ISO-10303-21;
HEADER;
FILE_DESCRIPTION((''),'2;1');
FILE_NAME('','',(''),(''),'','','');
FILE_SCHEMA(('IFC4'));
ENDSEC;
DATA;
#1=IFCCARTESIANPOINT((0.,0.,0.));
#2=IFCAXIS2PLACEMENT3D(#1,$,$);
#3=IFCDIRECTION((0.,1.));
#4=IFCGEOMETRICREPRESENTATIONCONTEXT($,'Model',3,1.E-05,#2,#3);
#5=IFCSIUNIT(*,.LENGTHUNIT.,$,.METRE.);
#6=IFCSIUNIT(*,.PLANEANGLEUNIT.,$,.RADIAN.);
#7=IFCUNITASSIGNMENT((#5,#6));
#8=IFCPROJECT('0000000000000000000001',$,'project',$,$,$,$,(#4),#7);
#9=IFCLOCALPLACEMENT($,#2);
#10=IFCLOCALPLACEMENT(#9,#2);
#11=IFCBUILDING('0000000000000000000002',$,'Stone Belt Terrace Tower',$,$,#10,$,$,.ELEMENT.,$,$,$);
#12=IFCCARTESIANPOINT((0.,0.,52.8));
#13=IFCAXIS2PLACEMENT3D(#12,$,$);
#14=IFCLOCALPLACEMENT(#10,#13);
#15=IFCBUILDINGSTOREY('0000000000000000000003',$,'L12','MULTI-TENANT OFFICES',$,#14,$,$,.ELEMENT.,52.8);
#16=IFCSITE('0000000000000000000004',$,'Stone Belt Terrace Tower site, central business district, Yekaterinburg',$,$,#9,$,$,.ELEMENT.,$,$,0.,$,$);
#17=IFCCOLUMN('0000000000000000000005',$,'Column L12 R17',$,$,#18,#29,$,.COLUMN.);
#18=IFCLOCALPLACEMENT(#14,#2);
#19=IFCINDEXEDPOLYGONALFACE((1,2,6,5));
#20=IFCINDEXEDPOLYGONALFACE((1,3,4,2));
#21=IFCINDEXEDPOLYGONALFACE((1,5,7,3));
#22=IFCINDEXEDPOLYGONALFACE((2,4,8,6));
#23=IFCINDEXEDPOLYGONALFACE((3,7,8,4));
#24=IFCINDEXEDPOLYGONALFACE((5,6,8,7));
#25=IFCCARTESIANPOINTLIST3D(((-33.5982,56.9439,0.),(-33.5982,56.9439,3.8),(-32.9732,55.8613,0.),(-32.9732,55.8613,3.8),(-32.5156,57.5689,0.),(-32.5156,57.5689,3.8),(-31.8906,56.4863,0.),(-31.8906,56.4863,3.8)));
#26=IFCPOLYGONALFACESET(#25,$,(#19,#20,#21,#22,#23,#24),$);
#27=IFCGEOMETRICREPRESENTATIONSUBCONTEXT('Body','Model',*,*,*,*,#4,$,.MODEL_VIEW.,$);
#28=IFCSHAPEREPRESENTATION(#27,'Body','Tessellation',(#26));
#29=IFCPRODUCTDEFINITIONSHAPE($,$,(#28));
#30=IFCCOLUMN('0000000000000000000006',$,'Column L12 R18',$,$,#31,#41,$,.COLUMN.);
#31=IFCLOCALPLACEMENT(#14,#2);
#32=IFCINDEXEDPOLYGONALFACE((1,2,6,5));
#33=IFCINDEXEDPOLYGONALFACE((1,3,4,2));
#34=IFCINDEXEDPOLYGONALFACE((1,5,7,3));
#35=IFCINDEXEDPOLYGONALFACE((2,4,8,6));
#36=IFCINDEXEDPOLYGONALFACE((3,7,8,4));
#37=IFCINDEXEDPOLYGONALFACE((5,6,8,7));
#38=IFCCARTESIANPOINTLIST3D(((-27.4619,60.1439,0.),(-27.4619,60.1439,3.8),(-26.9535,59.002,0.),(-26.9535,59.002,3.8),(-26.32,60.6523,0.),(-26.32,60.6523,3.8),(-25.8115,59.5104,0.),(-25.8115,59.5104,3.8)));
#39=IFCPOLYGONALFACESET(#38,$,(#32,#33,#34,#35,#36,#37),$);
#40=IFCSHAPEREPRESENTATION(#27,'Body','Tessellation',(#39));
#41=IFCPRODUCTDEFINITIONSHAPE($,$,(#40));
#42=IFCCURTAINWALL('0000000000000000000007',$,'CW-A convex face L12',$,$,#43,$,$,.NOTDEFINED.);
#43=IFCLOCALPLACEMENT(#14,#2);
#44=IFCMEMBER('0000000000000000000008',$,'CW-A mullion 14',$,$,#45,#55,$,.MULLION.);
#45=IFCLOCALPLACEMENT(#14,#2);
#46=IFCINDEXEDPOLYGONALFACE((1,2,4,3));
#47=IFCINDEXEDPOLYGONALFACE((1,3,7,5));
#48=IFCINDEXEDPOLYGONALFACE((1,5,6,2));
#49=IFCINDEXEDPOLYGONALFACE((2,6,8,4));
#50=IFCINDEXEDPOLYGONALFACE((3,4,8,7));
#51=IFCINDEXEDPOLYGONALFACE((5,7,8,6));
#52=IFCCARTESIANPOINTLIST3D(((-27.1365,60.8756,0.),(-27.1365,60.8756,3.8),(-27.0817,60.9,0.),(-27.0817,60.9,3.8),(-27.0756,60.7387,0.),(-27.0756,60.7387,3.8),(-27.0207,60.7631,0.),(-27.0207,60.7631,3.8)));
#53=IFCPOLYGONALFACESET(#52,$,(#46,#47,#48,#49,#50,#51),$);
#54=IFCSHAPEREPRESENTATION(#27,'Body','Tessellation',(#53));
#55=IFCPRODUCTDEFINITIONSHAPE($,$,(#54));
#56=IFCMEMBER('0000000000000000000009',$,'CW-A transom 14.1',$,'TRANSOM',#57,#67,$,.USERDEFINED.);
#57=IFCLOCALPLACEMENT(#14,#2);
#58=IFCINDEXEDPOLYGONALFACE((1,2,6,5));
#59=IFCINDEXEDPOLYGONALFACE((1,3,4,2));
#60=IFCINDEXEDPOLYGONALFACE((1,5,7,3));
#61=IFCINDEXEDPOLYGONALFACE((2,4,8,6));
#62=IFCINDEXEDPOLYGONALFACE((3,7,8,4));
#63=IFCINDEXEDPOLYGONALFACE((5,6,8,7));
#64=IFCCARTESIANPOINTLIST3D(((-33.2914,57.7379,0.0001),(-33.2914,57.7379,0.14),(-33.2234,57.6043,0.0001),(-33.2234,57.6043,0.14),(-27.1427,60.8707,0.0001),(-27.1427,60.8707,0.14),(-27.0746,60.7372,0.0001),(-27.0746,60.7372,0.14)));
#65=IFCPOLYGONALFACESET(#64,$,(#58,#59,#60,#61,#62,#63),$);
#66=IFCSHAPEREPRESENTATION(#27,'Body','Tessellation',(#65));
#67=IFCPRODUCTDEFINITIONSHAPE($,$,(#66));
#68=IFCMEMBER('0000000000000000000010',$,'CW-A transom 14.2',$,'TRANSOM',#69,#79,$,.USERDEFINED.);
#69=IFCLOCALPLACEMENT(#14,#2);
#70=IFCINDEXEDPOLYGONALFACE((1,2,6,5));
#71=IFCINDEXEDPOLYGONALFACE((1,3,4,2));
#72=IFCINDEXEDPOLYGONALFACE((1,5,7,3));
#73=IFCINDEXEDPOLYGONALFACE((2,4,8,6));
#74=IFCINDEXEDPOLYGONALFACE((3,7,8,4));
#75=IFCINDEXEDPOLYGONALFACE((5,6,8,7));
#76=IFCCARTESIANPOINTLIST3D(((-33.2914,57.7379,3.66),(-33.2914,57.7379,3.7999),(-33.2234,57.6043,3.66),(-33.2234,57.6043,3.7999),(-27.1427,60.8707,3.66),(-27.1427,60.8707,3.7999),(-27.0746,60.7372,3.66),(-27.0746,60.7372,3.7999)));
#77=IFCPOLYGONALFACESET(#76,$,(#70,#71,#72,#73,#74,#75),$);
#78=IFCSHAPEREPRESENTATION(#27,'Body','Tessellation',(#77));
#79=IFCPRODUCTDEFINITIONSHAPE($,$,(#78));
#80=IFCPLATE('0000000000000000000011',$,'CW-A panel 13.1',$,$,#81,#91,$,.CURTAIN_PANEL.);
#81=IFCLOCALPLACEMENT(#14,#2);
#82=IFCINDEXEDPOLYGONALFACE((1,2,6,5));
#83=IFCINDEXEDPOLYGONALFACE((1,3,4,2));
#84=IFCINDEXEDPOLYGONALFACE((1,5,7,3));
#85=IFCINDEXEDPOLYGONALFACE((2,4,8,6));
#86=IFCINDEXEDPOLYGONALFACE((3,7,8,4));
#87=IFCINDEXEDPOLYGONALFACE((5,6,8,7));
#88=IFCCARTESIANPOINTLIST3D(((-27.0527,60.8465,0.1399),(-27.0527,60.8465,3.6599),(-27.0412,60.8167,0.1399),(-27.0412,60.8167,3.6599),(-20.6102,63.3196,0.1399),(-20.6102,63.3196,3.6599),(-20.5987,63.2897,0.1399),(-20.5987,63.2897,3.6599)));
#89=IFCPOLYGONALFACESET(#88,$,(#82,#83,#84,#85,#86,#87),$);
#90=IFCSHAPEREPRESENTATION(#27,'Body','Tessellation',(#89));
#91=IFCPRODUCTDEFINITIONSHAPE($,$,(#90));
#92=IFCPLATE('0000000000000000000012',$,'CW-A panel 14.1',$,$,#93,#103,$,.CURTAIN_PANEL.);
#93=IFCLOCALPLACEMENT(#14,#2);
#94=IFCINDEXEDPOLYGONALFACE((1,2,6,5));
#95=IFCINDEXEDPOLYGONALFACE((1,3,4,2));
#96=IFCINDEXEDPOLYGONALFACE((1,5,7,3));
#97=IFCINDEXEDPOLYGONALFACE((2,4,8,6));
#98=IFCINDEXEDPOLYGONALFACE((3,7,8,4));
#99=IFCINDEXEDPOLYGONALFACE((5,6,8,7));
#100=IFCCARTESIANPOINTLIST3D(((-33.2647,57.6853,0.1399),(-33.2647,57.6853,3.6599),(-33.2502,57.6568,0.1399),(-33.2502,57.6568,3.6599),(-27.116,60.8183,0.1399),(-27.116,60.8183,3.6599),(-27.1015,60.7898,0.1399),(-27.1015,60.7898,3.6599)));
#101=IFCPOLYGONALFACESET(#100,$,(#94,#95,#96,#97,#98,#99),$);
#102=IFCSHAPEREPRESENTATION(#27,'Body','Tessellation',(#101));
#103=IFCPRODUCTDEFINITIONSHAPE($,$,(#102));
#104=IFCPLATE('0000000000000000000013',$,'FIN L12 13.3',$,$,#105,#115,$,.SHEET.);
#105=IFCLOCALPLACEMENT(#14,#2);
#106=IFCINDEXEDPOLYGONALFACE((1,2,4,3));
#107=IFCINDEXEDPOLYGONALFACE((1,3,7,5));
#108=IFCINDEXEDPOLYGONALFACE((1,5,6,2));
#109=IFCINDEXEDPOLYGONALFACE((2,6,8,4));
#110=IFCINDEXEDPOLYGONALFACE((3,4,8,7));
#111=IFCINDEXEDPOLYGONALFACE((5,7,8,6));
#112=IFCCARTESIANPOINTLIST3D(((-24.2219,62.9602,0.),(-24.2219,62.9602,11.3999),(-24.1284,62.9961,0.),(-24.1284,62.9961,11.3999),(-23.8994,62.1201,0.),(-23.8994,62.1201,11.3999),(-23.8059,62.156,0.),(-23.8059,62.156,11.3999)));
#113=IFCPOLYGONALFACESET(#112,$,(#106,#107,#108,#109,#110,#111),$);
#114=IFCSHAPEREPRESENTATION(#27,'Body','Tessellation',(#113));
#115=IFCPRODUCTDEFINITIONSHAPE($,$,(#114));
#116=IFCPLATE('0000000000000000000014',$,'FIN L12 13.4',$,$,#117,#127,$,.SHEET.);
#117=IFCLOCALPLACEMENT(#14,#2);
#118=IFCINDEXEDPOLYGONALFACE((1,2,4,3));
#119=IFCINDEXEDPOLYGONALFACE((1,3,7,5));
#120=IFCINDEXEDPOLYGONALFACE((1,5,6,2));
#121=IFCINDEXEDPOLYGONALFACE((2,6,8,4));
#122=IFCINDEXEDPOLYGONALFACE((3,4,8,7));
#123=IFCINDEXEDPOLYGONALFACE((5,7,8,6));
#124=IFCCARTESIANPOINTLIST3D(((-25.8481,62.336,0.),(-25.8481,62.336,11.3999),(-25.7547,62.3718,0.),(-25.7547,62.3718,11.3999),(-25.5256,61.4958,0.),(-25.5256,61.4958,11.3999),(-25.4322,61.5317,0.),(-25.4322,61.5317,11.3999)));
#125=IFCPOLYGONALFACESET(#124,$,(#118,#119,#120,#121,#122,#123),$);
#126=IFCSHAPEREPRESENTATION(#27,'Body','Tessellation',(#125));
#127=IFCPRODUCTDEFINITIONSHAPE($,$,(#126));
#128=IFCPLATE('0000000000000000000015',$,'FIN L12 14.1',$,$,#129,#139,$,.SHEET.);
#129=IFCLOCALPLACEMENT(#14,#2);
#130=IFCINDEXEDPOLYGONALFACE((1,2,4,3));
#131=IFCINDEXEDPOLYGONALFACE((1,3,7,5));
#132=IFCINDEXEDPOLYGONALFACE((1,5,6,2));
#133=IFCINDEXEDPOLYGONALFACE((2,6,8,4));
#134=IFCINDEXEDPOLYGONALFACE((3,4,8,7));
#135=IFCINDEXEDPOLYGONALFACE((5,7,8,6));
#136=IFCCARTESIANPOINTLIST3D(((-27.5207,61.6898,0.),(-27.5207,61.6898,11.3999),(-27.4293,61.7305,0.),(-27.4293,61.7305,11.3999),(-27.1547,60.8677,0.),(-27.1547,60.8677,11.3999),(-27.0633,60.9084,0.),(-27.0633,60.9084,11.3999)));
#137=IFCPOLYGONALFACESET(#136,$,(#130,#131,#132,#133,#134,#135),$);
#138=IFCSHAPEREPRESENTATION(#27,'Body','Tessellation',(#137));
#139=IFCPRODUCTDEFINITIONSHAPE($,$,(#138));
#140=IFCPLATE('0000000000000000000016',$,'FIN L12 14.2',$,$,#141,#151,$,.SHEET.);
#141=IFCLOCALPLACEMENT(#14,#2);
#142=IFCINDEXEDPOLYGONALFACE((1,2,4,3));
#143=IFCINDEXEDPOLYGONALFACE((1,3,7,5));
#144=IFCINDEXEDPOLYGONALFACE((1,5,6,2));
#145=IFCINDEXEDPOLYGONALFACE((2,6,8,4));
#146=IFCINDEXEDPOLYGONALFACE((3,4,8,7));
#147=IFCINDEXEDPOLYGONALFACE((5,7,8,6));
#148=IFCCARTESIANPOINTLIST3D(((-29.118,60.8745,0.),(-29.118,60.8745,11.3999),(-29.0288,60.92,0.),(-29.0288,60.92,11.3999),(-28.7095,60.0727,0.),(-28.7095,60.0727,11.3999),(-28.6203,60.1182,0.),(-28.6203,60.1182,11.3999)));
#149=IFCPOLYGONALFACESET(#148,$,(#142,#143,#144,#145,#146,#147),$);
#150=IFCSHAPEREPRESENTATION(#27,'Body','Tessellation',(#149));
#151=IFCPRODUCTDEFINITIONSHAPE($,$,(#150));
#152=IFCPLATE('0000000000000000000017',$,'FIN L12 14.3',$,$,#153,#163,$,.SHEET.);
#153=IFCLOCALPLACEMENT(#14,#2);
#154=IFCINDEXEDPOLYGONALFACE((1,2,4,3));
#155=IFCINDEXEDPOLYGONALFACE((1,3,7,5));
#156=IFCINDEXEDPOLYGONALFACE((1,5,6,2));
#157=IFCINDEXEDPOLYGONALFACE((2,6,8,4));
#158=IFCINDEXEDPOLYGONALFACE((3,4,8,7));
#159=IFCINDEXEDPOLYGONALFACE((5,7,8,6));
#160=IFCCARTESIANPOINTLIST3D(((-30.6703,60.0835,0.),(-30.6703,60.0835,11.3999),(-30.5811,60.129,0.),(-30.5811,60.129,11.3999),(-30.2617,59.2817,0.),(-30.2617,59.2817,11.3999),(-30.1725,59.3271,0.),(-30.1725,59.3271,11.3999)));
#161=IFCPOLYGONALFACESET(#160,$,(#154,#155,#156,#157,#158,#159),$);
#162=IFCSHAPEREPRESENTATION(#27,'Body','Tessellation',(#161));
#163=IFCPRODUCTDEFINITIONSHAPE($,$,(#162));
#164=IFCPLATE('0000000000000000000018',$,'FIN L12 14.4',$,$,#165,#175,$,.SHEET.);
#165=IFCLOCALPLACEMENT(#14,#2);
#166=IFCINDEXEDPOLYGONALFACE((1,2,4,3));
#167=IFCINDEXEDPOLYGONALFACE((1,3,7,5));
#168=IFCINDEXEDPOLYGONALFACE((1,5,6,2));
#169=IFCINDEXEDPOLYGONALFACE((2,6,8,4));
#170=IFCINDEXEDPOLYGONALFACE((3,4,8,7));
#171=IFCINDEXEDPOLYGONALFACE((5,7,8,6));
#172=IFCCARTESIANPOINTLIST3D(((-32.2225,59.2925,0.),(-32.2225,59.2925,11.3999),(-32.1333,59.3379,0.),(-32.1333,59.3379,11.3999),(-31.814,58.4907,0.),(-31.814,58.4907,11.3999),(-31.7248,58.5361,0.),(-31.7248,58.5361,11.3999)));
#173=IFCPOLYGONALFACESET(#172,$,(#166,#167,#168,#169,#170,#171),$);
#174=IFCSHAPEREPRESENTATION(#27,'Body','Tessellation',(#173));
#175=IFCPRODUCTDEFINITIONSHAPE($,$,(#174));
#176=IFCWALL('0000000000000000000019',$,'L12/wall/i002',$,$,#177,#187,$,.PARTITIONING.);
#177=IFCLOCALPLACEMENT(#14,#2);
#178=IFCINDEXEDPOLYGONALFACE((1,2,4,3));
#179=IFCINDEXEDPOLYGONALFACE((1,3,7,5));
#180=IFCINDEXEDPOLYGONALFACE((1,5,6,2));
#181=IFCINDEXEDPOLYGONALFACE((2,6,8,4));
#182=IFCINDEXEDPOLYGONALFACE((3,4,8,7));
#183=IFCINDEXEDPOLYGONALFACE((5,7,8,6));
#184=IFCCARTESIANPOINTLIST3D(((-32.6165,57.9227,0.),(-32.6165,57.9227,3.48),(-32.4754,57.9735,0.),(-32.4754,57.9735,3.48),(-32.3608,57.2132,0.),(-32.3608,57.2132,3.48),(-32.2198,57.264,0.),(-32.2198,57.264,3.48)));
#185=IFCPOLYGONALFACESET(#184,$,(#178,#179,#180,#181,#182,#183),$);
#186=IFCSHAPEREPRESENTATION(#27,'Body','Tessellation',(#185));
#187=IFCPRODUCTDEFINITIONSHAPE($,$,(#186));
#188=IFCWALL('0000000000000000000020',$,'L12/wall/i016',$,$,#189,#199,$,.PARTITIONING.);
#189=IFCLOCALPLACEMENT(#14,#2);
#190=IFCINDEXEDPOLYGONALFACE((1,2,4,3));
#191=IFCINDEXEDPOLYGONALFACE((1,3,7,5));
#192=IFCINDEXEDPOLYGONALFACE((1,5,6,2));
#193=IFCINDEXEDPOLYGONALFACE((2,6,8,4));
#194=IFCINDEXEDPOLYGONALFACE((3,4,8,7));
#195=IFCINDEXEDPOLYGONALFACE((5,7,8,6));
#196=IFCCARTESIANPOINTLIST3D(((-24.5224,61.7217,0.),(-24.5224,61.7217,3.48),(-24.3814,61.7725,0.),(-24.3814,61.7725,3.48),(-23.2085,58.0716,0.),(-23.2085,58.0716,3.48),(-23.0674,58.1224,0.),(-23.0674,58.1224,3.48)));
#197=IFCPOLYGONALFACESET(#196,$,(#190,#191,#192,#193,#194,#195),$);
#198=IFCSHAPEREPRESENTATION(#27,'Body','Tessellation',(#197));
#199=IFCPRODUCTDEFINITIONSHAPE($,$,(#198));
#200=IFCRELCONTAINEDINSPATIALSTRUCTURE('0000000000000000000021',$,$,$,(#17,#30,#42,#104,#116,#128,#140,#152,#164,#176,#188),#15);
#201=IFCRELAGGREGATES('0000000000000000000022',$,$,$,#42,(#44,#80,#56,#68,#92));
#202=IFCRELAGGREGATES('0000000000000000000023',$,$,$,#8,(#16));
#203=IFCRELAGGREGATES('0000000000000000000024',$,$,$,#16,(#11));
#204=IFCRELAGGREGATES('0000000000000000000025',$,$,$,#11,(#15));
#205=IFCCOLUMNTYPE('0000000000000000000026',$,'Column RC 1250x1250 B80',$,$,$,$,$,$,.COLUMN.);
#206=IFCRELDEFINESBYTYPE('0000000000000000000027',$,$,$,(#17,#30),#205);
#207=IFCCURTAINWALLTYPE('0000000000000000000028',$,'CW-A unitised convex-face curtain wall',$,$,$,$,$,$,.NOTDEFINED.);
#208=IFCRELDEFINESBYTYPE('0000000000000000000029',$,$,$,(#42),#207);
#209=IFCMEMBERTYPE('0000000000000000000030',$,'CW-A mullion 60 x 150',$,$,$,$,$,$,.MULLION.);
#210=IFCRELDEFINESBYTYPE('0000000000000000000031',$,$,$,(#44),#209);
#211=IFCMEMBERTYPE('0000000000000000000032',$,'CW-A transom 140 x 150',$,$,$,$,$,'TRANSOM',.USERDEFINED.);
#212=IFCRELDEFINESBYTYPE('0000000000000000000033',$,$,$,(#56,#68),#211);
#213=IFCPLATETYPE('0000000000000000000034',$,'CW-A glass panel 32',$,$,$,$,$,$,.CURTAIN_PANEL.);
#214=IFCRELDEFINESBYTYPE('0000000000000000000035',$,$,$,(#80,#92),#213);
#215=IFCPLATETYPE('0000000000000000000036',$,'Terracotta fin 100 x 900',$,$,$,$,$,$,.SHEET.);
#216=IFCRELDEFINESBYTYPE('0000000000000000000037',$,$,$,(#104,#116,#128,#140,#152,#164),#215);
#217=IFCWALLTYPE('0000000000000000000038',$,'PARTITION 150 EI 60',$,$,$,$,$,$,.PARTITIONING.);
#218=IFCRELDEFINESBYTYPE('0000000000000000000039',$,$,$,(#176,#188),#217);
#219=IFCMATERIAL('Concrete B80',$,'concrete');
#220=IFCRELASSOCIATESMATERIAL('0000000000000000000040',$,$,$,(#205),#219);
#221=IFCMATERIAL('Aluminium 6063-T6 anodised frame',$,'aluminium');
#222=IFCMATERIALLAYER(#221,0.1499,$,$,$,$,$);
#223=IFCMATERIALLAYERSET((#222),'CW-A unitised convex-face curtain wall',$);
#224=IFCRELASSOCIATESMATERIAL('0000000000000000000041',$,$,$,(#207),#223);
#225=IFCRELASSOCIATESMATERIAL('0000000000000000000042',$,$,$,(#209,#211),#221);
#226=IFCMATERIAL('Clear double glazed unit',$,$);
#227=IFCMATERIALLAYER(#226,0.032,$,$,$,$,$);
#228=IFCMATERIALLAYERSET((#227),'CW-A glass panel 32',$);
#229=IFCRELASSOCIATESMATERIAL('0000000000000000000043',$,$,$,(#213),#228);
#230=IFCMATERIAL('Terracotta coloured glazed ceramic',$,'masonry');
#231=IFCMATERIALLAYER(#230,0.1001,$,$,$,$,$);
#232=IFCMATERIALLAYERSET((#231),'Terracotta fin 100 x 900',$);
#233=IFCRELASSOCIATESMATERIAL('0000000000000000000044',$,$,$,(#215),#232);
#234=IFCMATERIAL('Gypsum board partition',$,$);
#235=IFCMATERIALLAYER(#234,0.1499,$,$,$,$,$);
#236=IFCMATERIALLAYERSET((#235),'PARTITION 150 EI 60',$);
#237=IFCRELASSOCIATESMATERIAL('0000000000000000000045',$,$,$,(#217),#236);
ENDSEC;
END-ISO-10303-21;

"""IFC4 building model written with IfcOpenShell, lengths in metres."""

from ifc_helpers import new_model, si_unit, direction, frame, frame_2d, origin, origin_2d, place, context, subcontext, project, spatial, rectangle, extrude, material, layer, layer_set, material_profile, profile_set, type_object, element, aggregate, save


model = new_model("IFC4")

# Units and contexts
model_context = context("Model", 3, precision=1e-05, world=origin(), true_north=direction((0.0, 1.0)))
body_context = subcontext(model_context, "Body", "Model", "MODEL_VIEW")
ifc_project = project(units=[si_unit("LENGTHUNIT", "METRE"), si_unit("PLANEANGLEUNIT", "RADIAN")], contexts=[model_context])

# Site, building, storey
site_placement = place(None, origin())
site = spatial("IfcSite", under=ifc_project, at=site_placement, Name="Stone Belt Terrace Tower site, central business district, Yekaterinburg", CompositionType="ELEMENT", RefElevation=0.0)
building_placement = place(site_placement, origin())
building = spatial("IfcBuilding", under=site, at=building_placement, Name="Stone Belt Terrace Tower", CompositionType="ELEMENT")
storey_placement = place(building_placement, frame((0.0, 0.0, 52.8)))
storey = spatial("IfcBuildingStorey", under=building, at=storey_placement, Name="L12", Description="MULTI-TENANT OFFICES", CompositionType="ELEMENT", Elevation=52.8)

# Columns
ifc_material_1 = material(Name="Concrete B80", Category="concrete")
ifc_material_profile_1 = material_profile(ifc_material_1, rectangle(XDim=1.25, YDim=1.25, at=origin_2d()), Name="RC 1250x1250")
ifc_profile_set_1 = profile_set([ifc_material_profile_1], Name="Concrete B80")
column_type = type_object("IfcColumnType", Name="Column RC 1250x1250 B80", PredefinedType="COLUMN", material=ifc_profile_set_1)
for number, where, z_axis, x_axis, name in (
    (1, (-32.7444, 56.7151, 0.0), (0.0, 0.0, 1.0), (0.866025, 0.5, 0.0), "Column L12 R17"),
    (2, (-26.6367, 59.8271, 0.0), (0.0, 0.0, 1.0), (0.913545, 0.406737, 0.0), "Column L12 R18"),
):
    element("IfcColumn", number, at=place(storey_placement, frame(where, z_axis=z_axis, x_axis=x_axis)), inside=storey, type_object=column_type, Name=name, PredefinedType="COLUMN", context=body_context, shape_type="SweptSolid", body=[
        extrude(rectangle(XDim=1.25, YDim=1.25, at=origin_2d()), origin(), (0.0, 0.0, 1.0), 3.8),
    ])

# Curtain wall, members, plates
ifc_material_2 = material(Name="Aluminium 6063-T6 anodised frame", Category="aluminium")
ifc_layer_1 = layer(ifc_material_2, 0.1499)
ifc_layer_set_1 = layer_set([ifc_layer_1], Name="CW-A unitised convex-face curtain wall")
curtain_wall_type = type_object("IfcCurtainWallType", Name="CW-A unitised convex-face curtain wall", PredefinedType="NOTDEFINED", material=ifc_layer_set_1)
curtain_wall_placement = place(storey_placement, origin())
curtain_wall = element("IfcCurtainWall", 3, at=curtain_wall_placement, inside=storey, type_object=curtain_wall_type, Name="CW-A convex face L12", PredefinedType="NOTDEFINED")
ifc_material_profile_2 = material_profile(ifc_material_2, rectangle(XDim=0.1499, YDim=0.0601, at=origin_2d()), Name="Aluminium 6063-T6 60x150")
ifc_profile_set_2 = profile_set([ifc_material_profile_2], Name="Aluminium 6063-T6 anodised frame")
member_type_1 = type_object("IfcMemberType", Name="CW-A mullion 60 x 150", PredefinedType="MULLION", material=ifc_profile_set_2)
member_1_placement = place(storey_placement, frame((-27.0786, 60.8193, 0.0), z_axis=(0.0, 0.0, 1.0), x_axis=(0.406737, -0.913545, 0.0)))
member_1 = element("IfcMember", 4, at=member_1_placement, type_object=member_type_1, Name="CW-A mullion 14", PredefinedType="MULLION", context=body_context, shape_type="SweptSolid", body=[
    extrude(rectangle(XDim=0.1499, YDim=0.0601, at=origin_2d()), origin(), (0.0, 0.0, 1.0), 3.8),
])
ifc_material_profile_3 = material_profile(ifc_material_2, rectangle(XDim=0.1499, YDim=0.1399, at=origin_2d()), Name="Aluminium 6063-T6 150x140")
ifc_profile_set_3 = profile_set([ifc_material_profile_3], Name="Aluminium 6063-T6 anodised frame")
member_type_2 = type_object("IfcMemberType", Name="CW-A transom 140 x 150", ElementType="TRANSOM", PredefinedType="USERDEFINED", material=ifc_profile_set_3)
member_2_placement = place(storey_placement, frame((-27.1086, 60.804, 0.0701), z_axis=(-0.891012, -0.453979, 0.0), x_axis=(0.453979, -0.891012, 0.0)))
member_2 = element("IfcMember", 5, at=member_2_placement, type_object=member_type_2, Name="CW-A transom 14.1", ObjectType="TRANSOM", PredefinedType="USERDEFINED", context=body_context, shape_type="SweptSolid", body=[
    extrude(rectangle(XDim=0.1499, YDim=0.1399, at=origin_2d()), origin(), (0.0, 0.0, 1.0), 6.9009),
])
member_3_placement = place(storey_placement, frame((-27.1086, 60.804, 3.73), z_axis=(-0.891012, -0.453979, 0.0), x_axis=(0.453979, -0.891012, 0.0)))
member_3 = element("IfcMember", 6, at=member_3_placement, type_object=member_type_2, Name="CW-A transom 14.2", ObjectType="TRANSOM", PredefinedType="USERDEFINED", context=body_context, shape_type="SweptSolid", body=[
    extrude(rectangle(XDim=0.1499, YDim=0.1399, at=origin_2d()), origin(), (0.0, 0.0, 1.0), 6.9009),
])
ifc_material_3 = material(Name="Clear double glazed unit")
ifc_layer_2 = layer(ifc_material_3, 0.032)
ifc_layer_set_2 = layer_set([ifc_layer_2], Name="CW-A glass panel 32")
plate_type_1 = type_object("IfcPlateType", Name="CW-A glass panel 32", PredefinedType="CURTAIN_PANEL", material=ifc_layer_set_2)
plate_1_placement = place(storey_placement, frame((-23.8257, 62.0681, 0.1399), z_axis=(0.0, 0.0, 1.0), x_axis=(-0.93358, -0.358368, 0.0)))
plate_1 = element("IfcPlate", 7, at=plate_1_placement, type_object=plate_type_1, Name="CW-A panel 13.1", PredefinedType="CURTAIN_PANEL", context=body_context, shape_type="SweptSolid", body=[
    extrude(rectangle(XDim=6.9009, YDim=0.032, at=origin_2d()), origin(), (0.0, 0.0, 1.0), 3.52),
])
plate_2_placement = place(storey_placement, frame((-30.1831, 59.2375, 0.1399), z_axis=(0.0, 0.0, 1.0), x_axis=(-0.891007, -0.45399, 0.0)))
plate_2 = element("IfcPlate", 8, at=plate_2_placement, type_object=plate_type_1, Name="CW-A panel 14.1", PredefinedType="CURTAIN_PANEL", context=body_context, shape_type="SweptSolid", body=[
    extrude(rectangle(XDim=6.9009, YDim=0.032, at=origin_2d()), origin(), (0.0, 0.0, 1.0), 3.52),
])
aggregate(curtain_wall, [member_1, plate_1, member_2, member_3, plate_2])

# Plates
ifc_material_4 = material(Name="Terracotta coloured glazed ceramic", Category="masonry")
ifc_layer_3 = layer(ifc_material_4, 0.1001)
ifc_layer_set_3 = layer_set([ifc_layer_3], Name="Terracotta fin 100 x 900")
plate_type_2 = type_object("IfcPlateType", Name="Terracotta fin 100 x 900", PredefinedType="SHEET", material=ifc_layer_set_3)
for number, where, z_axis, x_axis, name in (
    (9, (-24.0139, 62.5581, 0.0), (0.0, 0.0, 1.0), (-0.358368, 0.93358, 0.0), "FIN L12 13.3"),
    (10, (-25.6401, 61.9338, 0.0), (0.0, 0.0, 1.0), (-0.358368, 0.93358, 0.0), "FIN L12 13.4"),
    (11, (-27.292, 61.2991, 0.0), (0.0, 0.0, 1.0), (-0.406737, 0.913545, 0.0), "FIN L12 14.1"),
    (12, (-28.8691, 60.4963, 0.0), (0.0, 0.0, 1.0), (-0.45399, 0.891007, 0.0), "FIN L12 14.2"),
    (13, (-30.4214, 59.7053, 0.0), (0.0, 0.0, 1.0), (-0.45399, 0.891007, 0.0), "FIN L12 14.3"),
    (14, (-31.9736, 58.9143, 0.0), (0.0, 0.0, 1.0), (-0.45399, 0.891007, 0.0), "FIN L12 14.4"),
):
    element("IfcPlate", number, at=place(storey_placement, frame(where, z_axis=z_axis, x_axis=x_axis)), inside=storey, type_object=plate_type_2, Name=name, PredefinedType="SHEET", context=body_context, shape_type="SweptSolid", body=[
        extrude(rectangle(XDim=0.8999, YDim=0.1001, at=origin_2d()), origin(), (0.0, 0.0, 1.0), 11.3999),
    ])

# Walls
ifc_material_5 = material(Name="Gypsum board partition")
ifc_layer_4 = layer(ifc_material_5, 0.1499)
ifc_layer_set_4 = layer_set([ifc_layer_4], Name="PARTITION 150 EI 60")
wall_type = type_object("IfcWallType", Name="PARTITION 150 EI 60", PredefinedType="PARTITIONING", material=ifc_layer_set_4)
wall_1_placement = place(storey_placement, frame((-32.5459, 57.948, 0.0), z_axis=(0.0, 0.0, 1.0), x_axis=(0.33896, -0.940801, 0.0)))
element("IfcWall", 15, at=wall_1_placement, inside=storey, type_object=wall_type, Name="L12/wall/i002", PredefinedType="PARTITIONING", context=body_context, shape_type="SweptSolid", body=[
    extrude(rectangle(XDim=0.7542, YDim=0.1499, at=frame_2d((0.377, 0.0))), origin(), (0.0, 0.0, 1.0), 3.48),
])
wall_2_placement = place(storey_placement, frame((-24.4519, 61.7471, 0.0), z_axis=(0.0, 0.0, 1.0), x_axis=(0.338699, -0.940895, 0.0)))
element("IfcWall", 16, at=wall_2_placement, inside=storey, type_object=wall_type, Name="L12/wall/i016", PredefinedType="PARTITIONING", context=body_context, shape_type="SweptSolid", body=[
    extrude(rectangle(XDim=3.8794, YDim=0.1499, at=frame_2d((1.9397, 0.0))), origin(), (0.0, 0.0, 1.0), 3.48),
])

save(model, "model.ifc")
